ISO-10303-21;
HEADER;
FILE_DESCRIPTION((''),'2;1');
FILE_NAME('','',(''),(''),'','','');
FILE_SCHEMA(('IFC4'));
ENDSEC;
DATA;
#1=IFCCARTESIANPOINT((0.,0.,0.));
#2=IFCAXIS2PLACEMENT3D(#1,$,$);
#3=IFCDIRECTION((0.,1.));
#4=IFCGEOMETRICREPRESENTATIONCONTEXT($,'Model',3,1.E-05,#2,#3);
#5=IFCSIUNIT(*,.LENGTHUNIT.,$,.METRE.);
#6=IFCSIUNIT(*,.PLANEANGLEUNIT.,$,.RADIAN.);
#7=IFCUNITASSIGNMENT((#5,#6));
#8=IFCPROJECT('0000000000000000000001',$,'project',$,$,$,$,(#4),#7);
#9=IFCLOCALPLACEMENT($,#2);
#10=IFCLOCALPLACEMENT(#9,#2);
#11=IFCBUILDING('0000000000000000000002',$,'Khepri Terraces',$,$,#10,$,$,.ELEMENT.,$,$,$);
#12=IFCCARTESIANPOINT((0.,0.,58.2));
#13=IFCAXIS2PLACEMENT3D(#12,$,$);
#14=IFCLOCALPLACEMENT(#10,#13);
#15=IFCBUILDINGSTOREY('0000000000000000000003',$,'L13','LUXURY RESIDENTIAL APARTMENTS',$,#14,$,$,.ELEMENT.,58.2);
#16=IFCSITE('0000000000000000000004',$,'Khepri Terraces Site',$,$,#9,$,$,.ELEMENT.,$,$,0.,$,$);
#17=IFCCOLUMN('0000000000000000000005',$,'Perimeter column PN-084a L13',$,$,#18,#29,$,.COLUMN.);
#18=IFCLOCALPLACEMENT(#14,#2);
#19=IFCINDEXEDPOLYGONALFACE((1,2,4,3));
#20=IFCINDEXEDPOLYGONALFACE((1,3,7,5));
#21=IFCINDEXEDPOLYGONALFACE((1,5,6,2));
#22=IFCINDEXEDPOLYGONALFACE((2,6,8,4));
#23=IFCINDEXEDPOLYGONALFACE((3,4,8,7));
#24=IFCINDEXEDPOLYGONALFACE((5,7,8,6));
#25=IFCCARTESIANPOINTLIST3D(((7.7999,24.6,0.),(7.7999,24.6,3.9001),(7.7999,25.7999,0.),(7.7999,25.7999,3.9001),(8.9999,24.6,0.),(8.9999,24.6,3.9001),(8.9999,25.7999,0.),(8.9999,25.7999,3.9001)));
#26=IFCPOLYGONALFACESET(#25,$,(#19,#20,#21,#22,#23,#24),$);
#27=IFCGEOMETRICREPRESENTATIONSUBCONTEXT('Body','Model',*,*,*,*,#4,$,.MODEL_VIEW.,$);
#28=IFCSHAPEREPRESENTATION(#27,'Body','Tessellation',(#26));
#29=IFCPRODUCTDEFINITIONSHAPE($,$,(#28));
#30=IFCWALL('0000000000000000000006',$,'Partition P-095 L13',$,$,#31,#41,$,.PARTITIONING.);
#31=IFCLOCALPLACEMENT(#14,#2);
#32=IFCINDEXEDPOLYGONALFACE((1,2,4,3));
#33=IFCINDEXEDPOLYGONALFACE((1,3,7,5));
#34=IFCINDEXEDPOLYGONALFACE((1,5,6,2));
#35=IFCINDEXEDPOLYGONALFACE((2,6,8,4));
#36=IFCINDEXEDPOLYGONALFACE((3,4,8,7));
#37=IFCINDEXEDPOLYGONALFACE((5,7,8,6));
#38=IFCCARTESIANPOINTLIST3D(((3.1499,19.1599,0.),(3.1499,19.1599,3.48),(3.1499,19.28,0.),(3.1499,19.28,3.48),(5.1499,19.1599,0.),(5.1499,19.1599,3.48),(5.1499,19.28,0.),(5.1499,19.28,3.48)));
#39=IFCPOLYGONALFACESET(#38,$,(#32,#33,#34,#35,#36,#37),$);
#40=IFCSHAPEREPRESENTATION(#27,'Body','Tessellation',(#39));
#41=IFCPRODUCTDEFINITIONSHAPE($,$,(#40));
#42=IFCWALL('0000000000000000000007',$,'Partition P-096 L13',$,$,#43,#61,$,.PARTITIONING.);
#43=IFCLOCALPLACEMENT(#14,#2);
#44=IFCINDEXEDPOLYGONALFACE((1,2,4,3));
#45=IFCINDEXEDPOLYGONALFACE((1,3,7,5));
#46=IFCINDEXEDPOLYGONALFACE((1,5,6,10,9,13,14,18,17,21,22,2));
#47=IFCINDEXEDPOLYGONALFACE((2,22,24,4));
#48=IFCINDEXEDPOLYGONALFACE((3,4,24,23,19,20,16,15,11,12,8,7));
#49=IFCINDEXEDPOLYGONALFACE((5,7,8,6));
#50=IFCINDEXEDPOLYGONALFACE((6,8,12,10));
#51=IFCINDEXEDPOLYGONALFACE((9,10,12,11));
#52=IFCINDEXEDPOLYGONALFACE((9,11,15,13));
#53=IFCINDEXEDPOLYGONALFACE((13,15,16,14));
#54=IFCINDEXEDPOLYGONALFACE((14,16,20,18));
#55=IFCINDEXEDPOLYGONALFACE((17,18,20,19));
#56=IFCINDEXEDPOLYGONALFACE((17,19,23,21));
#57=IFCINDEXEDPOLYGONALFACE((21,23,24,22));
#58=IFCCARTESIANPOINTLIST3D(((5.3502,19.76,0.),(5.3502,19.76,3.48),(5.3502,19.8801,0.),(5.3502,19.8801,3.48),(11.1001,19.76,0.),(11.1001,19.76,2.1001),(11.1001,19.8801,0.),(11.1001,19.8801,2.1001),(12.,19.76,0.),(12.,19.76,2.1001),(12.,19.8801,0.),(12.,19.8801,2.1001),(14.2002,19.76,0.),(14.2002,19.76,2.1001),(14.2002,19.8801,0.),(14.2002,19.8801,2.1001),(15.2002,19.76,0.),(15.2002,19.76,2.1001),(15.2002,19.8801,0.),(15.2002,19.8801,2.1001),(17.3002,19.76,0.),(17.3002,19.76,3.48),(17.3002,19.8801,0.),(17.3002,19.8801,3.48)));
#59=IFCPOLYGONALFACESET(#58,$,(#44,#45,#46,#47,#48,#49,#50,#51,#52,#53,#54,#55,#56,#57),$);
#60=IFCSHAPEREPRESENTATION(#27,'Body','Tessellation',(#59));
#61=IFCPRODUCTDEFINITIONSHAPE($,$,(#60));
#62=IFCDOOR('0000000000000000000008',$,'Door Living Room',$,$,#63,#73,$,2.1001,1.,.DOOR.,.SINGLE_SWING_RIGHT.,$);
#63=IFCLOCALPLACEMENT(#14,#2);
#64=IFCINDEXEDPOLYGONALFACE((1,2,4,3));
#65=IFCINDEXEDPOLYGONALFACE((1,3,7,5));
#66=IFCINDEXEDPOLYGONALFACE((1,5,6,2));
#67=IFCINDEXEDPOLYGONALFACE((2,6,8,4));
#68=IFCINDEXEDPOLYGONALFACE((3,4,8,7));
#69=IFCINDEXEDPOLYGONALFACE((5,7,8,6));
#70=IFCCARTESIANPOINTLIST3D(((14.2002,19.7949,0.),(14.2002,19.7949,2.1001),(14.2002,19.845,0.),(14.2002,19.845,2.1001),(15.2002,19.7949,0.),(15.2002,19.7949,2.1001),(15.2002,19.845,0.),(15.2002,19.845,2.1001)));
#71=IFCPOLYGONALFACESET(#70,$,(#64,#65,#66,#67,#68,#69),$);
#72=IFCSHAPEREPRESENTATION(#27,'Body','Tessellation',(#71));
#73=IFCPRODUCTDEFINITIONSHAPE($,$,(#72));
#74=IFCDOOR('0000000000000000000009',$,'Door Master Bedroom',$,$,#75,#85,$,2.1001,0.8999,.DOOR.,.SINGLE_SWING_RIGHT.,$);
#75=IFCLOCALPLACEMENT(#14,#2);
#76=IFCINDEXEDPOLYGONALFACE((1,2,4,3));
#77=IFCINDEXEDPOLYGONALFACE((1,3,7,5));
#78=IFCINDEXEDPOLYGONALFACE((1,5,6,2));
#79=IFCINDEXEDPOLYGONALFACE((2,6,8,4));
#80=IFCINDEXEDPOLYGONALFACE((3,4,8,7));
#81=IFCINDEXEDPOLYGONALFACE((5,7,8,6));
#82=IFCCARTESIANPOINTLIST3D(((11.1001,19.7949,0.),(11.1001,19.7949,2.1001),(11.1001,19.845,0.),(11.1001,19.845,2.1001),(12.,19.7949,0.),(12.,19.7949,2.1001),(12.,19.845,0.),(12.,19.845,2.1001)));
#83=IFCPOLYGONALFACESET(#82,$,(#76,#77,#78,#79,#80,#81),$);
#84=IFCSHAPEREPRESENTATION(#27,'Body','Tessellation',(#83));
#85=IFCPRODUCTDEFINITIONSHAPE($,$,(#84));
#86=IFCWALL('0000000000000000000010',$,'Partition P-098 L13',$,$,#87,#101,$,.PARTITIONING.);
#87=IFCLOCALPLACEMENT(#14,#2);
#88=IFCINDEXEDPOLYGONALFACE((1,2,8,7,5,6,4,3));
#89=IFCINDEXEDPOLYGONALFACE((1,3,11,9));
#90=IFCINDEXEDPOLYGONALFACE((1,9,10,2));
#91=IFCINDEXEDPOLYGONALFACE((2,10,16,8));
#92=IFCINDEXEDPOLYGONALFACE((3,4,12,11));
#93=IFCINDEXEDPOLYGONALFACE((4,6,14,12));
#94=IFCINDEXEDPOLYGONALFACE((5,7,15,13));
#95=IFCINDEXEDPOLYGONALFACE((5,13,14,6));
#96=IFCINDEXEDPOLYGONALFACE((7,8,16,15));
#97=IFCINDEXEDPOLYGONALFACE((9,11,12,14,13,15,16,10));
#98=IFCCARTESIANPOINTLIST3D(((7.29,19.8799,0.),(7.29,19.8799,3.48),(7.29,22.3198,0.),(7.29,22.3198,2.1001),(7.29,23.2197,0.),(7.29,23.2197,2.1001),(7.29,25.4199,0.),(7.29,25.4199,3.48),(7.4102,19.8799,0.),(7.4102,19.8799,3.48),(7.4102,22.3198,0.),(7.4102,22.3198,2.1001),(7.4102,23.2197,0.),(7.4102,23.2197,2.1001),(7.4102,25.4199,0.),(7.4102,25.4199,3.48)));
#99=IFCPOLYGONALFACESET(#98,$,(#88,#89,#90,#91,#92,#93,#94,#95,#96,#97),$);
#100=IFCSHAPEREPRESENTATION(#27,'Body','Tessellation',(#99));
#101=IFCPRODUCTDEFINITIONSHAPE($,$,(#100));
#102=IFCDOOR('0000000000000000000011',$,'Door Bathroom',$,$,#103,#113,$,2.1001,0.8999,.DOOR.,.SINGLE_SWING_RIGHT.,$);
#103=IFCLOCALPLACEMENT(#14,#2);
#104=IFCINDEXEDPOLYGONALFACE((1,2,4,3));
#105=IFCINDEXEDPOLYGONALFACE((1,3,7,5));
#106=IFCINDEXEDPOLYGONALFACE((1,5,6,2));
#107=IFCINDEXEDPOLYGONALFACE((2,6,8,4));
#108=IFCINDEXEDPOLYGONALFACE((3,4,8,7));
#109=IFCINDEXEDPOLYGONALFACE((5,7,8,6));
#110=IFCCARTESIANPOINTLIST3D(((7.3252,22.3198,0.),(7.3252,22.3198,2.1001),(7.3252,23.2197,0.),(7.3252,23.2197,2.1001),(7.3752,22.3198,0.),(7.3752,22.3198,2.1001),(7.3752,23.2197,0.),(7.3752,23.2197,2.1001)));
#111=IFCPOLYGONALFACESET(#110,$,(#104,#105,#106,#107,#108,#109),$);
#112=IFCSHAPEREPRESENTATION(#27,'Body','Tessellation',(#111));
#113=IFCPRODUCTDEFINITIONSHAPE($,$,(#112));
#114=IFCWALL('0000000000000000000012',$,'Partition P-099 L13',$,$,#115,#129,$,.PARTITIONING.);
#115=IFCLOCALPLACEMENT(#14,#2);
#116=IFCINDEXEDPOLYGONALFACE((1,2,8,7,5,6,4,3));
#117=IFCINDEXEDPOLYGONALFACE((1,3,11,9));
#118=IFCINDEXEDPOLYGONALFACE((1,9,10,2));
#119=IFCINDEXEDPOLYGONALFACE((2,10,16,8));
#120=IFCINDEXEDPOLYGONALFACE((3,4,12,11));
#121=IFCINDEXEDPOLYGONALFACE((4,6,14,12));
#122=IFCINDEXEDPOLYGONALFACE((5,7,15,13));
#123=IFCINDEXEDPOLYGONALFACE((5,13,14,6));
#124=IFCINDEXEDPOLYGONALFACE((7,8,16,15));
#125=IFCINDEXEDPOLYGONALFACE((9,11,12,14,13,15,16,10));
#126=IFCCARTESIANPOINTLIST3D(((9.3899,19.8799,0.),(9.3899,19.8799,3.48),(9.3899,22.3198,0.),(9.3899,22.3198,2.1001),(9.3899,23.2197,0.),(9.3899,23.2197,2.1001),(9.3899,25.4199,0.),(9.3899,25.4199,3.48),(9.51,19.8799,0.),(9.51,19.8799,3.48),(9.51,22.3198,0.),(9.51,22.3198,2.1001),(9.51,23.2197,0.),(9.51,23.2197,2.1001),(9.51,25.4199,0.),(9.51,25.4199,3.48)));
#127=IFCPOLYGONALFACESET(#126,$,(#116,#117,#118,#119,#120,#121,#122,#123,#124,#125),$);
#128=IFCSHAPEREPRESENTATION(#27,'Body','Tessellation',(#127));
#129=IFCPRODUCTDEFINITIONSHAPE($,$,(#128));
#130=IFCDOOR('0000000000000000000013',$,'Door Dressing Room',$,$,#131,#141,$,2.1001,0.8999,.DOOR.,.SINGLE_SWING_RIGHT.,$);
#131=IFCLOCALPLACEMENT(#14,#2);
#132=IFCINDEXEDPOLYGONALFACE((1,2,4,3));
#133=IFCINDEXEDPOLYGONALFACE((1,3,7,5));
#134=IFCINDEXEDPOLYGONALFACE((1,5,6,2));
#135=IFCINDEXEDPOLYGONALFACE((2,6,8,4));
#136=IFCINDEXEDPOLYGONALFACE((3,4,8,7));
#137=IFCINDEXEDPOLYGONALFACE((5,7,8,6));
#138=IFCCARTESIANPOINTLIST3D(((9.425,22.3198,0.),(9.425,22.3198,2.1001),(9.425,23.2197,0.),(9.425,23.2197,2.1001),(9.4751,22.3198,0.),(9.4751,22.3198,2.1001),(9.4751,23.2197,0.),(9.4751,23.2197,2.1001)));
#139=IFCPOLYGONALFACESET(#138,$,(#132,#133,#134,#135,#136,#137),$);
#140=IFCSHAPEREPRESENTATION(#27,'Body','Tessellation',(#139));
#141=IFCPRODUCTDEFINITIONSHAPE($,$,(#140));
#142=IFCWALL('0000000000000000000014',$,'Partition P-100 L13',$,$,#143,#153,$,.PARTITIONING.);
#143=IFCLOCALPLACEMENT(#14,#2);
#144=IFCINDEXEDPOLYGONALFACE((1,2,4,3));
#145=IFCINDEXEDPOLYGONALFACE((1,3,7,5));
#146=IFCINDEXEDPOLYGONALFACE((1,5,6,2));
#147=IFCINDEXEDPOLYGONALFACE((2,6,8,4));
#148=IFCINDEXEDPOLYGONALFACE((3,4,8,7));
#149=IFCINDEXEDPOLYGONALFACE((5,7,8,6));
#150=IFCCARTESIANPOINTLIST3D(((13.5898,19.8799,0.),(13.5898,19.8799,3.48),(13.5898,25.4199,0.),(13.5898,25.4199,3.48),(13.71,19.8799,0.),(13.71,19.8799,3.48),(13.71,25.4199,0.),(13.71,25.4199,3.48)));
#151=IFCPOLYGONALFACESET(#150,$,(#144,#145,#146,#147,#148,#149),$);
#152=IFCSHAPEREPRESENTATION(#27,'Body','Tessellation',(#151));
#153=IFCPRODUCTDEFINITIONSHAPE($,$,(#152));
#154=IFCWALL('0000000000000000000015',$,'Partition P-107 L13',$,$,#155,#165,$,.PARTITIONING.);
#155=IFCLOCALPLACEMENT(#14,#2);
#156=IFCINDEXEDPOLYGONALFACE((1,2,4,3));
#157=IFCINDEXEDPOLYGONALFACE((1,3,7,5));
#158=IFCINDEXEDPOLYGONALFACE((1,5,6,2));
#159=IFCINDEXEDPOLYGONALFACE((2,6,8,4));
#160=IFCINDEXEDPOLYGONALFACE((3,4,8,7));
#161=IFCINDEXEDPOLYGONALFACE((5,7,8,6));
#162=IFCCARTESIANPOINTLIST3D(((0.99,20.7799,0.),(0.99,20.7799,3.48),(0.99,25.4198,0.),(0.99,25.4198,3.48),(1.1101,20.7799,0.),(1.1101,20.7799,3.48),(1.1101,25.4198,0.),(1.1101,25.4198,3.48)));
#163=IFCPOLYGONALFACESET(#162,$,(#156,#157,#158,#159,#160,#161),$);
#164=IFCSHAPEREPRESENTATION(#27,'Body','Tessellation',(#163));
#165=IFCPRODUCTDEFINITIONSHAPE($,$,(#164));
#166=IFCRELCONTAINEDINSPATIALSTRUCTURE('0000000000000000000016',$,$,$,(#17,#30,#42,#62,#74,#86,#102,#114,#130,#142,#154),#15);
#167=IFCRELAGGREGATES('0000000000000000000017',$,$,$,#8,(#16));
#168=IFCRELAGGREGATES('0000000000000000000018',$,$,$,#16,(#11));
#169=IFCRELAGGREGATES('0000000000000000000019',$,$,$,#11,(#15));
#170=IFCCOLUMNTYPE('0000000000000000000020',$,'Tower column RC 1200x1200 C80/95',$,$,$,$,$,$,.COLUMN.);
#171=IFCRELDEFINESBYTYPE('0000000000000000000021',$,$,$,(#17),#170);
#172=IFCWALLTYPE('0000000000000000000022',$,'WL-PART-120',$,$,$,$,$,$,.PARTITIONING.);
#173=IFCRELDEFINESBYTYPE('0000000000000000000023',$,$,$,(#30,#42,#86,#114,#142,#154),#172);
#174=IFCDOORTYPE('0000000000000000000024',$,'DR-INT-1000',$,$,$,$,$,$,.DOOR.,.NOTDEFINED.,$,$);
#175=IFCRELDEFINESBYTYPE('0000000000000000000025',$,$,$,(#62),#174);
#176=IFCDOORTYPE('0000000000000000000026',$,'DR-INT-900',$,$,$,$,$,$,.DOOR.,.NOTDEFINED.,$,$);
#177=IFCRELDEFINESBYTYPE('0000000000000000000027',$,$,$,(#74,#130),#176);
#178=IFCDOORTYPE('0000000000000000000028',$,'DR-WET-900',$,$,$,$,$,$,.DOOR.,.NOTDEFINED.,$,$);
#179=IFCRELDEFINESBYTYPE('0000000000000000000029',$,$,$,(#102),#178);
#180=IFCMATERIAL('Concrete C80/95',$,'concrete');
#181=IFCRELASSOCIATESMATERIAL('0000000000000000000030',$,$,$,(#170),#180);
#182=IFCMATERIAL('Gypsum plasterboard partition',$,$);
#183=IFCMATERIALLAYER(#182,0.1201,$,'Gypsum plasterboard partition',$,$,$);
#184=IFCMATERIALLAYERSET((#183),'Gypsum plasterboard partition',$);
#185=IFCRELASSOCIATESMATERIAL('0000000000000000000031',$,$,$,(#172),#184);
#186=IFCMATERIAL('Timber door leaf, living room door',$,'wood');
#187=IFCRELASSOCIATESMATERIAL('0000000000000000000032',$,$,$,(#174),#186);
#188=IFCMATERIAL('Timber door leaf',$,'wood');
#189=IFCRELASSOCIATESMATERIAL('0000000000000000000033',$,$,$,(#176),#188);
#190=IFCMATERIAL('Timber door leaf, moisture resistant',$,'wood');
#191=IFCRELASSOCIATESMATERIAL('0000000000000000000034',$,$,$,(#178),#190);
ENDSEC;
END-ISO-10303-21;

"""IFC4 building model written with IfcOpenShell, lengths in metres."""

from ifc_helpers import new_model, si_unit, direction, frame, frame_2d, origin, origin_2d, place, context, subcontext, project, spatial, rectangle, extrude, material, layer, layer_set, material_profile, profile_set, type_object, element, fill, save


model = new_model("IFC4")

# Units and contexts
model_context = context("Model", 3, precision=1e-05, world=origin(), true_north=direction((0.0, 1.0)))
body_context = subcontext(model_context, "Body", "Model", "MODEL_VIEW")
ifc_project = project(units=[si_unit("LENGTHUNIT", "METRE"), si_unit("PLANEANGLEUNIT", "RADIAN")], contexts=[model_context])

# Site, building, storey
site_placement = place(None, origin())
site = spatial("IfcSite", under=ifc_project, at=site_placement, Name="Khepri Terraces Site", CompositionType="ELEMENT", RefElevation=0.0)
building_placement = place(site_placement, origin())
building = spatial("IfcBuilding", under=site, at=building_placement, Name="Khepri Terraces", CompositionType="ELEMENT")
storey_placement = place(building_placement, frame((0.0, 0.0, 58.2)))
storey = spatial("IfcBuildingStorey", under=building, at=storey_placement, Name="L13", Description="LUXURY RESIDENTIAL APARTMENTS", CompositionType="ELEMENT", Elevation=58.2)

# Column
ifc_material_1 = material(Name="Concrete C80/95", Category="concrete")
ifc_material_profile = material_profile(ifc_material_1, rectangle(XDim=1.2, YDim=1.2, at=origin_2d()), Name="Concrete C80/95", Category="concrete")
ifc_profile_set = profile_set([ifc_material_profile], Name="Concrete C80/95")
column_type = type_object("IfcColumnType", Name="Tower column RC 1200x1200 C80/95", PredefinedType="COLUMN", material=ifc_profile_set)
column_placement = place(storey_placement, frame((8.3999, 25.2, 0.0), z_axis=(0.0, 0.0, 1.0), x_axis=(1.0, 0.0, 0.0)))
element("IfcColumn", 1, at=column_placement, inside=storey, type_object=column_type, Name="Perimeter column PN-084a L13", PredefinedType="COLUMN", context=body_context, shape_type="SweptSolid", body=[
    extrude(rectangle(XDim=1.2, YDim=1.2, at=origin_2d()), origin(), (0.0, 0.0, 1.0), 3.9001),
])

# Wall
ifc_material_2 = material(Name="Gypsum plasterboard partition")
ifc_layer_1 = layer(ifc_material_2, 0.1201, Name="Gypsum plasterboard partition")
ifc_layer_set_1 = layer_set([ifc_layer_1], Name="Gypsum plasterboard partition")
wall_type_1 = type_object("IfcWallType", Name="WL-PART-120", PredefinedType="PARTITIONING", material=ifc_layer_set_1)
wall_1_placement = place(storey_placement, frame((3.1499, 19.22, 0.0), z_axis=(0.0, 0.0, 1.0), x_axis=(1.0, 0.0, 0.0)))
element("IfcWall", 2, at=wall_1_placement, inside=storey, type_object=wall_type_1, Name="Partition P-095 L13", PredefinedType="PARTITIONING", context=body_context, shape_type="SweptSolid", body=[
    extrude(rectangle(XDim=2.0, YDim=0.1201, at=frame_2d((1.0, 0.0))), origin(), (0.0, 0.0, 1.0), 3.48),
])

# Wall, openings, doors
wall_2_placement = place(storey_placement, frame((5.3501, 19.8201, 0.0), z_axis=(0.0, 0.0, 1.0), x_axis=(1.0, 0.0, 0.0)))
wall_2 = element("IfcWall", 3, at=wall_2_placement, inside=storey, type_object=wall_type_1, Name="Partition P-096 L13", PredefinedType="PARTITIONING", context=body_context, shape_type="SweptSolid", body=[
    extrude(rectangle(XDim=11.95, YDim=0.1201, at=frame_2d((5.9751, 0.0))), origin(), (0.0, 0.0, 1.0), 3.48),
])
opening_1_placement = place(wall_2_placement, frame((8.8501, 0.0, 0.0)))
opening_1 = element("IfcOpeningElement", 4, at=opening_1_placement, cuts=wall_2, PredefinedType="OPENING", context=body_context, shape_type="SweptSolid", body=[
    extrude(rectangle(XDim=1.0, YDim=2.1001, at=frame_2d((0.5, 1.05))), frame((0.0, 0.0701, 0.0), z_axis=(0.0, -1.0, 0.0), x_axis=(1.0, 0.0, 0.0)), (0.0, 0.0, 1.0), 0.1401),
])
opening_2_placement = place(wall_2_placement, frame((5.75, 0.0, 0.0)))
opening_2 = element("IfcOpeningElement", 5, at=opening_2_placement, cuts=wall_2, PredefinedType="OPENING", context=body_context, shape_type="SweptSolid", body=[
    extrude(rectangle(XDim=0.8999, YDim=2.1001, at=frame_2d((0.45, 1.05))), frame((0.0, 0.0701, 0.0), z_axis=(0.0, -1.0, 0.0), x_axis=(1.0, 0.0, 0.0)), (0.0, 0.0, 1.0), 0.1401),
])
ifc_material_3 = material(Name="Timber door leaf, living room door", Category="wood")
door_type_1 = type_object("IfcDoorType", Name="DR-INT-1000", OperationType="NOTDEFINED", PredefinedType="DOOR", material=ifc_material_3)
door_1_placement = place(opening_1_placement, origin())
door_1 = element("IfcDoor", 6, at=door_1_placement, inside=storey, type_object=door_type_1, Name="Door Living Room", OperationType="SINGLE_SWING_RIGHT", OverallHeight=2.1001, OverallWidth=1.0, PredefinedType="DOOR", context=body_context, shape_type="SweptSolid", body=[
    extrude(rectangle(XDim=1.0, YDim=2.1001, at=frame_2d((0.5, 1.05))), frame((0.0, 0.0249, 0.0), z_axis=(0.0, -1.0, 0.0), x_axis=(1.0, 0.0, 0.0)), (0.0, 0.0, 1.0), 0.05),
])
fill(opening_1, door_1)
ifc_material_4 = material(Name="Timber door leaf", Category="wood")
door_type_2 = type_object("IfcDoorType", Name="DR-INT-900", OperationType="NOTDEFINED", PredefinedType="DOOR", material=ifc_material_4)
door_2_placement = place(opening_2_placement, origin())
door_2 = element("IfcDoor", 7, at=door_2_placement, inside=storey, type_object=door_type_2, Name="Door Master Bedroom", OperationType="SINGLE_SWING_RIGHT", OverallHeight=2.1001, OverallWidth=0.8999, PredefinedType="DOOR", context=body_context, shape_type="SweptSolid", body=[
    extrude(rectangle(XDim=0.8999, YDim=2.1001, at=frame_2d((0.45, 1.05))), frame((0.0, 0.0249, 0.0), z_axis=(0.0, -1.0, 0.0), x_axis=(1.0, 0.0, 0.0)), (0.0, 0.0, 1.0), 0.05),
])
fill(opening_2, door_2)

# Walls, openings, doors
wall_3_placement = place(storey_placement, frame((7.3501, 19.8799, 0.0), z_axis=(0.0, 0.0, 1.0), x_axis=(0.0, 1.0, 0.0)))
wall_3 = element("IfcWall", 8, at=wall_3_placement, inside=storey, type_object=wall_type_1, Name="Partition P-098 L13", PredefinedType="PARTITIONING", context=body_context, shape_type="SweptSolid", body=[
    extrude(rectangle(XDim=5.54, YDim=0.1201, at=frame_2d((2.77, 0.0))), origin(), (0.0, 0.0, 1.0), 3.48),
])
opening_3_placement = place(wall_3_placement, frame((2.4399, 0.0, 0.0)))
opening_3 = element("IfcOpeningElement", 9, at=opening_3_placement, cuts=wall_3, PredefinedType="OPENING", context=body_context, shape_type="SweptSolid", body=[
    extrude(rectangle(XDim=0.8999, YDim=2.1001, at=frame_2d((0.45, 1.05))), frame((0.0, 0.0701, 0.0), z_axis=(0.0, -1.0, 0.0), x_axis=(1.0, 0.0, 0.0)), (0.0, 0.0, 1.0), 0.1401),
])
ifc_material_5 = material(Name="Timber door leaf, moisture resistant", Category="wood")
door_type_3 = type_object("IfcDoorType", Name="DR-WET-900", OperationType="NOTDEFINED", PredefinedType="DOOR", material=ifc_material_5)
door_3_placement = place(opening_3_placement, origin())
door_3 = element("IfcDoor", 10, at=door_3_placement, inside=storey, type_object=door_type_3, Name="Door Bathroom", OperationType="SINGLE_SWING_RIGHT", OverallHeight=2.1001, OverallWidth=0.8999, PredefinedType="DOOR", context=body_context, shape_type="SweptSolid", body=[
    extrude(rectangle(XDim=0.8999, YDim=2.1001, at=frame_2d((0.45, 1.05))), frame((0.0, 0.0249, 0.0), z_axis=(0.0, -1.0, 0.0), x_axis=(1.0, 0.0, 0.0)), (0.0, 0.0, 1.0), 0.05),
])
fill(opening_3, door_3)
wall_4_placement = place(storey_placement, frame((9.45, 19.8799, 0.0), z_axis=(0.0, 0.0, 1.0), x_axis=(0.0, 1.0, 0.0)))
wall_4 = element("IfcWall", 11, at=wall_4_placement, inside=storey, type_object=wall_type_1, Name="Partition P-099 L13", PredefinedType="PARTITIONING", context=body_context, shape_type="SweptSolid", body=[
    extrude(rectangle(XDim=5.54, YDim=0.1201, at=frame_2d((2.77, 0.0))), origin(), (0.0, 0.0, 1.0), 3.48),
])
opening_4_placement = place(wall_4_placement, frame((2.4399, 0.0, 0.0)))
opening_4 = element("IfcOpeningElement", 12, at=opening_4_placement, cuts=wall_4, PredefinedType="OPENING", context=body_context, shape_type="SweptSolid", body=[
    extrude(rectangle(XDim=0.8999, YDim=2.1001, at=frame_2d((0.45, 1.05))), frame((0.0, 0.0701, 0.0), z_axis=(0.0, -1.0, 0.0), x_axis=(1.0, 0.0, 0.0)), (0.0, 0.0, 1.0), 0.1401),
])
door_4_placement = place(opening_4_placement, origin())
door_4 = element("IfcDoor", 13, at=door_4_placement, inside=storey, type_object=door_type_2, Name="Door Dressing Room", OperationType="SINGLE_SWING_RIGHT", OverallHeight=2.1001, OverallWidth=0.8999, PredefinedType="DOOR", context=body_context, shape_type="SweptSolid", body=[
    extrude(rectangle(XDim=0.8999, YDim=2.1001, at=frame_2d((0.45, 1.05))), frame((0.0, 0.0249, 0.0), z_axis=(0.0, -1.0, 0.0), x_axis=(1.0, 0.0, 0.0)), (0.0, 0.0, 1.0), 0.05),
])
fill(opening_4, door_4)

# Walls
wall_5_placement = place(storey_placement, frame((13.6499, 19.8799, 0.0), z_axis=(0.0, 0.0, 1.0), x_axis=(0.0, 1.0, 0.0)))
element("IfcWall", 14, at=wall_5_placement, inside=storey, type_object=wall_type_1, Name="Partition P-100 L13", PredefinedType="PARTITIONING", context=body_context, shape_type="SweptSolid", body=[
    extrude(rectangle(XDim=5.54, YDim=0.1201, at=frame_2d((2.77, 0.0))), origin(), (0.0, 0.0, 1.0), 3.48),
])
wall_6_placement = place(storey_placement, frame((1.05, 20.78, 0.0), z_axis=(0.0, 0.0, 1.0), x_axis=(0.0, 1.0, 0.0)))
element("IfcWall", 15, at=wall_6_placement, inside=storey, type_object=wall_type_1, Name="Partition P-107 L13", PredefinedType="PARTITIONING", context=body_context, shape_type="SweptSolid", body=[
    extrude(rectangle(XDim=4.6399, YDim=0.1201, at=frame_2d((2.3198, 0.0))), origin(), (0.0, 0.0, 1.0), 3.48),
])

save(model, "model.ifc")
